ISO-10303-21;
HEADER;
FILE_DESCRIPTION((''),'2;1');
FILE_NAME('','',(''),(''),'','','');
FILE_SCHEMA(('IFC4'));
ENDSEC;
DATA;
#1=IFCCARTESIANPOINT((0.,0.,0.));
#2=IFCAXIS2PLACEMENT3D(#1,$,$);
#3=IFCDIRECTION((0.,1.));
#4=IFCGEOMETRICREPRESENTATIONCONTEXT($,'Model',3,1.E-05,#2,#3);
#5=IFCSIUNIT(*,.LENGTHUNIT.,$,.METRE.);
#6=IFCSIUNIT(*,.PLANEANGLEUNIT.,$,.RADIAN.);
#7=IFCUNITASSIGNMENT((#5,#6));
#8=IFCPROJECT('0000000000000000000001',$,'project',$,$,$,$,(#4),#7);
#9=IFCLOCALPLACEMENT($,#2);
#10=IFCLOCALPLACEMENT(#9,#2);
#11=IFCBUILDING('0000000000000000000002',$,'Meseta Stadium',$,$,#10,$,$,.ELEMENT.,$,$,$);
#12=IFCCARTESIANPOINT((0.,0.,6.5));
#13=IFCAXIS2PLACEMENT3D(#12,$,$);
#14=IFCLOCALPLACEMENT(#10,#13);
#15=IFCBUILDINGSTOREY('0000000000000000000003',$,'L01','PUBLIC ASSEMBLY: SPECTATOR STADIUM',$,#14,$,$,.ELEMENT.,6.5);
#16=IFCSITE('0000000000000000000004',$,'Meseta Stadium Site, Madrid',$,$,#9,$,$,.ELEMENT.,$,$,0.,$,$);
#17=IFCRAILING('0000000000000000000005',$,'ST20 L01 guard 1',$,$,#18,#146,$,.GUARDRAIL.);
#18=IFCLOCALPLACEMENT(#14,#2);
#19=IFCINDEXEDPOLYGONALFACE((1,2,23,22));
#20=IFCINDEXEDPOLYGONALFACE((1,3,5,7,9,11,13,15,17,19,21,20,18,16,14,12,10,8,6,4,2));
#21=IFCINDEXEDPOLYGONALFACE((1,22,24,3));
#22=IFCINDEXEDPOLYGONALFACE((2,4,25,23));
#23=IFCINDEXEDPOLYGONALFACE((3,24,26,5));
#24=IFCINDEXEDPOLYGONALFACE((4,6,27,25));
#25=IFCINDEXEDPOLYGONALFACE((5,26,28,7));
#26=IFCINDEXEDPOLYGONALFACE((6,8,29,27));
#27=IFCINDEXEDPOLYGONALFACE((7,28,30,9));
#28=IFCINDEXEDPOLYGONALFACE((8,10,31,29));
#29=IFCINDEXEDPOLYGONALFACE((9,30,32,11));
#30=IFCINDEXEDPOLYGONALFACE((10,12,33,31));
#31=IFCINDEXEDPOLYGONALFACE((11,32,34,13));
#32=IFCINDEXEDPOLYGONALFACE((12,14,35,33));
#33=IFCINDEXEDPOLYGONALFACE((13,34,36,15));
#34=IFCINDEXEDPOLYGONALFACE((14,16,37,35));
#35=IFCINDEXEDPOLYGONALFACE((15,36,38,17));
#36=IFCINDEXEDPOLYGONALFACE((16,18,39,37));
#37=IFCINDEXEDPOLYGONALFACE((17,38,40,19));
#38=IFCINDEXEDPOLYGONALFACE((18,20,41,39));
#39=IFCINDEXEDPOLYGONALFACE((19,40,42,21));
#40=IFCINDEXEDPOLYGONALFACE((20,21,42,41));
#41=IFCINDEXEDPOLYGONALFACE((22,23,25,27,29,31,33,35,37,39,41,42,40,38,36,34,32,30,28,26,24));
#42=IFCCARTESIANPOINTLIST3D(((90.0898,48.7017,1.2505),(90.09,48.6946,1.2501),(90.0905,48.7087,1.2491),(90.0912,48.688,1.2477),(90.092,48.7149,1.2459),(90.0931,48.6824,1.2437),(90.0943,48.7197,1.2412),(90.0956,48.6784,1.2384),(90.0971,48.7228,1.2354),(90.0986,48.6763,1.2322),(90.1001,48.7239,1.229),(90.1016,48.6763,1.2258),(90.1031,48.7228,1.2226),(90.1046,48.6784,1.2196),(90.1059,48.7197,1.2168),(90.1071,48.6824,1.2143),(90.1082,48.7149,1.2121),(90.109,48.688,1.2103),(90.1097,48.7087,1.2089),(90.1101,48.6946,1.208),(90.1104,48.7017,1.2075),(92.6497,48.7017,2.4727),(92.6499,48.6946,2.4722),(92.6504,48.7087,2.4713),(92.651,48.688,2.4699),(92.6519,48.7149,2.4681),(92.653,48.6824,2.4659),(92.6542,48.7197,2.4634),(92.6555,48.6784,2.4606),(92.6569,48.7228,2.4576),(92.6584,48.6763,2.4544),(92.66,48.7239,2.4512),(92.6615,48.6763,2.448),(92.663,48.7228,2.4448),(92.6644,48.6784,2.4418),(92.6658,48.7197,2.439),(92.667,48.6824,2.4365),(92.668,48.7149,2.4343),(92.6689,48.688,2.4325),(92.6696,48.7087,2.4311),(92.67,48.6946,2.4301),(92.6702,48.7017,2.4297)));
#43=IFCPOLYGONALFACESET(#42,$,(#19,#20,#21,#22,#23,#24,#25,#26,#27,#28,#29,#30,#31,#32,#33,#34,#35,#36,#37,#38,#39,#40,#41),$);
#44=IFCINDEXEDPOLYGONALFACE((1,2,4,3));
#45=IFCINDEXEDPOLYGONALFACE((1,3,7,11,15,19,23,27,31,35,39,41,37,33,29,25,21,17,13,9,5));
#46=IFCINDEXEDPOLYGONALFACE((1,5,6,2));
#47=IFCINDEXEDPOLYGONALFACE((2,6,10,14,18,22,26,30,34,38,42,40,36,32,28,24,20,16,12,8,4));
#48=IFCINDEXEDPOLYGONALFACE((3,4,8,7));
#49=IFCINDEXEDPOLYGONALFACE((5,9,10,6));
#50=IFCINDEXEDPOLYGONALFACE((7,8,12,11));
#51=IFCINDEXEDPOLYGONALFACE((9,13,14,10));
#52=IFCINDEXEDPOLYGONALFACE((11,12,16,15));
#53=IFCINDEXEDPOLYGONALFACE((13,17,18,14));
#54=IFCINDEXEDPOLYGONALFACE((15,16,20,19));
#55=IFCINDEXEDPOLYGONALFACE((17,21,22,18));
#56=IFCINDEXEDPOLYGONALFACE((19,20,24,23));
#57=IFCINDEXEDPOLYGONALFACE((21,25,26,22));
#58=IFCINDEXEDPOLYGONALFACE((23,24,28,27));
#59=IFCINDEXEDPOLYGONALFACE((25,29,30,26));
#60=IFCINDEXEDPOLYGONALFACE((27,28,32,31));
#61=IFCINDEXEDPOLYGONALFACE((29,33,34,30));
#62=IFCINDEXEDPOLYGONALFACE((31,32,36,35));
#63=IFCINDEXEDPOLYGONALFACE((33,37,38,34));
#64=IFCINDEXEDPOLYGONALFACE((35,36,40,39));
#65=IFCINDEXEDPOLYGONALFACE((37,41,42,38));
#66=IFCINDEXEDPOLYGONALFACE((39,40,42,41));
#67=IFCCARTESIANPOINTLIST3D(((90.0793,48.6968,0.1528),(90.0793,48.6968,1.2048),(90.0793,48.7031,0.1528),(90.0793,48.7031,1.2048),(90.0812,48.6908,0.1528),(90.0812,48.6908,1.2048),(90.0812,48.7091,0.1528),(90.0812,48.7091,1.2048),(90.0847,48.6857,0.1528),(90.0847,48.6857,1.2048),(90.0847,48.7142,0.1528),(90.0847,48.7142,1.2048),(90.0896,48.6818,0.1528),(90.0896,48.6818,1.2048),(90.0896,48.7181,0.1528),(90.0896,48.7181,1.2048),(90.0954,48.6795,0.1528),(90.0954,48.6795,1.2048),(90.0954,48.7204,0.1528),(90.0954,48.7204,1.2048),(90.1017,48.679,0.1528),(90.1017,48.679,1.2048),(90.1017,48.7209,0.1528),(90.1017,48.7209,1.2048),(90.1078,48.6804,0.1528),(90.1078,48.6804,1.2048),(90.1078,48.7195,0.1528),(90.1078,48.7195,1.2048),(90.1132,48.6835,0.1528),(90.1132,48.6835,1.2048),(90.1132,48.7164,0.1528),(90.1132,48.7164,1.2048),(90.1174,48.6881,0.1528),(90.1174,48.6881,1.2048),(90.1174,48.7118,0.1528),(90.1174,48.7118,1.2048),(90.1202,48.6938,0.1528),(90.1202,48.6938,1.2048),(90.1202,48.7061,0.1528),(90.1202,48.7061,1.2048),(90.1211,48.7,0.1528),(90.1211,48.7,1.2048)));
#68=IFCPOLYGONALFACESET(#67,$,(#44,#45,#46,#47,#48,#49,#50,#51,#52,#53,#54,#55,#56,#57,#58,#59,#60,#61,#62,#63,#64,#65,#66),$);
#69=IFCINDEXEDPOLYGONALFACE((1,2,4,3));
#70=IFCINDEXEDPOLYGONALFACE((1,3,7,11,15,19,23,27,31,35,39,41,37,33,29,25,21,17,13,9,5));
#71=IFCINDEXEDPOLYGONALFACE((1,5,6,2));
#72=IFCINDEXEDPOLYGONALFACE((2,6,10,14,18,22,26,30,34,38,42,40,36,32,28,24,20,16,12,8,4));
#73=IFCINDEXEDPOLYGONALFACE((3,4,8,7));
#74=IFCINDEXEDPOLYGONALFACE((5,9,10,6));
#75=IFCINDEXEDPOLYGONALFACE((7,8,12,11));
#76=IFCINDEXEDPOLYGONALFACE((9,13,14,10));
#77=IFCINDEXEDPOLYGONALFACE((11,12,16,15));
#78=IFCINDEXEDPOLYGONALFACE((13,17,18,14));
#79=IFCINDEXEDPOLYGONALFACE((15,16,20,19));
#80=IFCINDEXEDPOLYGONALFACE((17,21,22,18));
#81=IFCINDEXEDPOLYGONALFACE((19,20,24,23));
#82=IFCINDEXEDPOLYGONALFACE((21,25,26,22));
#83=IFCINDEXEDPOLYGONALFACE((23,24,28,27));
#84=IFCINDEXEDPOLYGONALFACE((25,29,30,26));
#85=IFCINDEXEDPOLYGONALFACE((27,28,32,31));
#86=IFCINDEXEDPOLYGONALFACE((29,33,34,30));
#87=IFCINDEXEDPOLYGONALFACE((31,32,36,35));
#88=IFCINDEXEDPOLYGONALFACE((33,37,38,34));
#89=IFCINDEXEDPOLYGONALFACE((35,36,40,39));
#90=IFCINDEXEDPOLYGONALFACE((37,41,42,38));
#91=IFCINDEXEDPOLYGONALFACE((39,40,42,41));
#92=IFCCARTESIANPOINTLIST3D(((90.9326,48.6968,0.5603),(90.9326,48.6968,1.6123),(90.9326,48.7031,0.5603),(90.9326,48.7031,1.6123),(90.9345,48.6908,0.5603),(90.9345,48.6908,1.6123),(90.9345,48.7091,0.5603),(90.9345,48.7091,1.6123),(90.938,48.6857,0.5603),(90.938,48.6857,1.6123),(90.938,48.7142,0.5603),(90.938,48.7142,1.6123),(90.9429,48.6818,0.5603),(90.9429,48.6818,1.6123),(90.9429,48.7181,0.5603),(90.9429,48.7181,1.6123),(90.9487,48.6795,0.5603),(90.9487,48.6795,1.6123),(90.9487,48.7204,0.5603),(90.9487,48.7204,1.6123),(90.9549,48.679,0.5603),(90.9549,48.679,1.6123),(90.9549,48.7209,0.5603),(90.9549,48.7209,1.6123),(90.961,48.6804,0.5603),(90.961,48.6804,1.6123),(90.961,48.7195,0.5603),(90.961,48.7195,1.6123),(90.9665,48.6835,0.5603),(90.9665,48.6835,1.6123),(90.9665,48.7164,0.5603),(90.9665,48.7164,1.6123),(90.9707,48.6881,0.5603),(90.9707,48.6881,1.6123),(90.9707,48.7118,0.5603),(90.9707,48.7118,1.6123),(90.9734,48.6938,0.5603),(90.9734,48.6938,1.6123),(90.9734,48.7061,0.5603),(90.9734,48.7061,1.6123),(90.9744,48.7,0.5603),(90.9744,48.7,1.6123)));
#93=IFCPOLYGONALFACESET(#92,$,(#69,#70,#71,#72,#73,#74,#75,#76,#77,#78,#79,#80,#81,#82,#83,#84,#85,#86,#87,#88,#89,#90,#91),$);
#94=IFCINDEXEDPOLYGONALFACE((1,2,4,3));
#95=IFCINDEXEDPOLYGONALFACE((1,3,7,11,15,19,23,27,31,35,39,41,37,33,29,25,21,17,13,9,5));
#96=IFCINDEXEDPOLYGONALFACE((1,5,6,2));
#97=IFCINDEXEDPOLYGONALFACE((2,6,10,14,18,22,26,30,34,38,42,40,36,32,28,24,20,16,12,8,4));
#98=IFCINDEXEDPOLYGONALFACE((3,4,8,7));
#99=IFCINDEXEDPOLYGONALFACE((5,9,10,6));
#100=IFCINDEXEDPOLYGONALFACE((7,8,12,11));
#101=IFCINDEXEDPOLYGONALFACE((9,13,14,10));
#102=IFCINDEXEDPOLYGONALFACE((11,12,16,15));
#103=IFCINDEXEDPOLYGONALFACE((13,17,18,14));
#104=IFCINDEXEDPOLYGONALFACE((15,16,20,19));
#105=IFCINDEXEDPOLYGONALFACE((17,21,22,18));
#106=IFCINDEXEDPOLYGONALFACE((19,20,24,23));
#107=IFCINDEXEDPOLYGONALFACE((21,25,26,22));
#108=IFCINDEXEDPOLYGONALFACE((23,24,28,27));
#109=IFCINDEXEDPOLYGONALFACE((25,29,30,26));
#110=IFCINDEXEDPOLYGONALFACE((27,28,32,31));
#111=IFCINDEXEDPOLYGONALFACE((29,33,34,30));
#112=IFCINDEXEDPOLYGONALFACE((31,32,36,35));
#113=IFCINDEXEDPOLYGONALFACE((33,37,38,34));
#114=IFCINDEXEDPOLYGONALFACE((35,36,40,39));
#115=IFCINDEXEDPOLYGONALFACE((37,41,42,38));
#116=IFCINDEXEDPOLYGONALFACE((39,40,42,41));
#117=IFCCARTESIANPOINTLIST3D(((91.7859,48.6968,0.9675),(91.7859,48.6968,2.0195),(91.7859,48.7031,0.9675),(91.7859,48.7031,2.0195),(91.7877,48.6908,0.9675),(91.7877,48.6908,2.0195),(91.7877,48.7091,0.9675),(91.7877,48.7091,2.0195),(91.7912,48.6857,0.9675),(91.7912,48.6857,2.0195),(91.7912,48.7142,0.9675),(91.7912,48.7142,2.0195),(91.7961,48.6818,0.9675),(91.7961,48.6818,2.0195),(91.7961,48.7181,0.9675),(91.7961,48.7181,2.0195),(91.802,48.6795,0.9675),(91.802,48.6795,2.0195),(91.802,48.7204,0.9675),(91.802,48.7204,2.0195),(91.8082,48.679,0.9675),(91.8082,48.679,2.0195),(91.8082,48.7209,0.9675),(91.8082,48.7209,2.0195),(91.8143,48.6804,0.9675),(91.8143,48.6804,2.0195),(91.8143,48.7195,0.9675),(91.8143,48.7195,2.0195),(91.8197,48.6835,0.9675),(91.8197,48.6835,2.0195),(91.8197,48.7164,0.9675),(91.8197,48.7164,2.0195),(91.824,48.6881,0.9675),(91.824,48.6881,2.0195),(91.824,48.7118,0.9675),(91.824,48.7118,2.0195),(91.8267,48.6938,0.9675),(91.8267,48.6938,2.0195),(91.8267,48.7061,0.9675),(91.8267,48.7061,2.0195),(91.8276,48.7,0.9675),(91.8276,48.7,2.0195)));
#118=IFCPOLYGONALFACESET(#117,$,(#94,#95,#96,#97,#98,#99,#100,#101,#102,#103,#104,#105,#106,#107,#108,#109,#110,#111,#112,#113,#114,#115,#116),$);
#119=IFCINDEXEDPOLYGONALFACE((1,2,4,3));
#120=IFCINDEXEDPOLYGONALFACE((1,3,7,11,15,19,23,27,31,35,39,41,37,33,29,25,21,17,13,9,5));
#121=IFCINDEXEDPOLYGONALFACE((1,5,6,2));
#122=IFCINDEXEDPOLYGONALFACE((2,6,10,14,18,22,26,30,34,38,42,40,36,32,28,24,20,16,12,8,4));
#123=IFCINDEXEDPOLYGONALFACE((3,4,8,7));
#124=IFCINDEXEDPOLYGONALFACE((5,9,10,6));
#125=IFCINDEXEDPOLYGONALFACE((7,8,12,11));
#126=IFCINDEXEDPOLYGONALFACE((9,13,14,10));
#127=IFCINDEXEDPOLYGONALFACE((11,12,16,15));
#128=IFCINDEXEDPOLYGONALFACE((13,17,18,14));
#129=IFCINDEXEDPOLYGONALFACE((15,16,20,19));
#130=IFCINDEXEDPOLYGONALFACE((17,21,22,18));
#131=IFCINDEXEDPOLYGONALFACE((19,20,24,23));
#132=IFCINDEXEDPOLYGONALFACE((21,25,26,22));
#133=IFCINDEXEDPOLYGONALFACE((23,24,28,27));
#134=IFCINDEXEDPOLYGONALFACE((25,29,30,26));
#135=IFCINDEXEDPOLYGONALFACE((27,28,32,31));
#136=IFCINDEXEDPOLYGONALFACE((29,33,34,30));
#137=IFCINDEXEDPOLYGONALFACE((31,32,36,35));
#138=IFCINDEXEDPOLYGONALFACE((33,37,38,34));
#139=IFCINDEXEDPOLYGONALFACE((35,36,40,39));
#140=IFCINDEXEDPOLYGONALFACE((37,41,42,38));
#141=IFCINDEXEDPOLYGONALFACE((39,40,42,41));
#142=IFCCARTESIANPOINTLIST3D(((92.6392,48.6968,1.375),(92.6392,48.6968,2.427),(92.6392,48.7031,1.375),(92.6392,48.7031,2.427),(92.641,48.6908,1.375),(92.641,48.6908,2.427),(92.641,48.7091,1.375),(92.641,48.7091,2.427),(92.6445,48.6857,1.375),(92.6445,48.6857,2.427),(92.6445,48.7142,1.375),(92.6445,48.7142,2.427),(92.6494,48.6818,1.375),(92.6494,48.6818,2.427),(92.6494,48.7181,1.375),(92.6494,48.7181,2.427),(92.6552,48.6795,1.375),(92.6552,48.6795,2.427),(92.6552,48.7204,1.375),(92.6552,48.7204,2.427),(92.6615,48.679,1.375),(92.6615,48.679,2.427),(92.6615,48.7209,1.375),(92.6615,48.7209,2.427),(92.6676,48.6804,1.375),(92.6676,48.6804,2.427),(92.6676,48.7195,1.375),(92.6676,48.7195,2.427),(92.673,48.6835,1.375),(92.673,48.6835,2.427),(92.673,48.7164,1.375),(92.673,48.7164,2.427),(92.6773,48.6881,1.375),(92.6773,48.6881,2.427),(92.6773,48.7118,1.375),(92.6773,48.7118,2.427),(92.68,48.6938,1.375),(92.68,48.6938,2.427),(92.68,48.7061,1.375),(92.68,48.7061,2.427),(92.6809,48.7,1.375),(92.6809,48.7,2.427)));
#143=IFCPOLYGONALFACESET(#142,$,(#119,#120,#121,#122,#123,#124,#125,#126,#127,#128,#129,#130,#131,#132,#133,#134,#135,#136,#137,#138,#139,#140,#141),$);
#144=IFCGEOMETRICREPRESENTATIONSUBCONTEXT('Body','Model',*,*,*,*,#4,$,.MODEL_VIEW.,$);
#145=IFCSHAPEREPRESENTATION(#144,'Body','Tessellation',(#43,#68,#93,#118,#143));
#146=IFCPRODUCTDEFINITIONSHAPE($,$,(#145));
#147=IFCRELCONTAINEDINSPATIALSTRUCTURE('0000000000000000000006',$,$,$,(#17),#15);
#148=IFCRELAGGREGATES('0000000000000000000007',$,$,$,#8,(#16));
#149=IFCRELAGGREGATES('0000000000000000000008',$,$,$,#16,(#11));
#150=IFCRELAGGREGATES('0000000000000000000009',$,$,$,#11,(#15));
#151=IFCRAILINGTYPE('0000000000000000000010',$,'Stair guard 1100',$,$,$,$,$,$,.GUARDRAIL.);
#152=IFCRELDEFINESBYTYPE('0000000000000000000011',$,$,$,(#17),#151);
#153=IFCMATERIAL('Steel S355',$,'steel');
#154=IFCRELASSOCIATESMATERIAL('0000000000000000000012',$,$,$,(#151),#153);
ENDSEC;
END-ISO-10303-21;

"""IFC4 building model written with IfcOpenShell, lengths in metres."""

from ifc_helpers import new_model, si_unit, direction, frame, origin, origin_2d, place, context, subcontext, project, spatial, circle, extrude, material, type_object, element, save


model = new_model("IFC4")

# Units and contexts
model_context = context("Model", 3, precision=1e-05, world=origin(), true_north=direction((0.0, 1.0)))
body_context = subcontext(model_context, "Body", "Model", "MODEL_VIEW")
ifc_project = project(units=[si_unit("LENGTHUNIT", "METRE"), si_unit("PLANEANGLEUNIT", "RADIAN")], contexts=[model_context])

# Site, building, storey
site_placement = place(None, origin())
site = spatial("IfcSite", under=ifc_project, at=site_placement, Name="Meseta Stadium Site, Madrid", CompositionType="ELEMENT", RefElevation=0.0)
building_placement = place(site_placement, origin())
building = spatial("IfcBuilding", under=site, at=building_placement, Name="Meseta Stadium", CompositionType="ELEMENT")
storey_placement = place(building_placement, frame((0.0, 0.0, 6.5)))
storey = spatial("IfcBuildingStorey", under=building, at=storey_placement, Name="L01", Description="PUBLIC ASSEMBLY: SPECTATOR STADIUM", CompositionType="ELEMENT", Elevation=6.5)

# Railing
ifc_material_1 = material(Name="Steel S355", Category="steel")
railing_type = type_object("IfcRailingType", Name="Stair guard 1100", PredefinedType="GUARDRAIL", material=ifc_material_1)
railing_1_placement = place(storey_placement, frame((90.1001, 48.7, 0.1528)))
element("IfcRailing", 1, at=railing_1_placement, inside=storey, type_object=railing_type, Name="ST20 L01 guard 1", PredefinedType="GUARDRAIL", context=body_context, shape_type="SweptSolid", body=[
    extrude(circle(Radius=0.0239, at=origin_2d()), frame((0.0, 0.0, 1.0762), z_axis=(0.902421, 0.0, 0.430855), x_axis=(0.0, 1.0, 0.0)), (0.0, 0.0, 1.0), 2.8367),
    extrude(circle(Radius=0.021, at=origin_2d()), origin(), (0.0, 0.0, 1.0), 1.052),
    extrude(circle(Radius=0.021, at=origin_2d()), frame((0.8533, 0.0, 0.4075)), (0.0, 0.0, 1.0), 1.052),
    extrude(circle(Radius=0.021, at=origin_2d()), frame((1.7065, 0.0, 0.8147)), (0.0, 0.0, 1.0), 1.052),
    extrude(circle(Radius=0.021, at=origin_2d()), frame((2.5598, 0.0, 1.2222)), (0.0, 0.0, 1.0), 1.052),
])

save(model, "model.ifc")
